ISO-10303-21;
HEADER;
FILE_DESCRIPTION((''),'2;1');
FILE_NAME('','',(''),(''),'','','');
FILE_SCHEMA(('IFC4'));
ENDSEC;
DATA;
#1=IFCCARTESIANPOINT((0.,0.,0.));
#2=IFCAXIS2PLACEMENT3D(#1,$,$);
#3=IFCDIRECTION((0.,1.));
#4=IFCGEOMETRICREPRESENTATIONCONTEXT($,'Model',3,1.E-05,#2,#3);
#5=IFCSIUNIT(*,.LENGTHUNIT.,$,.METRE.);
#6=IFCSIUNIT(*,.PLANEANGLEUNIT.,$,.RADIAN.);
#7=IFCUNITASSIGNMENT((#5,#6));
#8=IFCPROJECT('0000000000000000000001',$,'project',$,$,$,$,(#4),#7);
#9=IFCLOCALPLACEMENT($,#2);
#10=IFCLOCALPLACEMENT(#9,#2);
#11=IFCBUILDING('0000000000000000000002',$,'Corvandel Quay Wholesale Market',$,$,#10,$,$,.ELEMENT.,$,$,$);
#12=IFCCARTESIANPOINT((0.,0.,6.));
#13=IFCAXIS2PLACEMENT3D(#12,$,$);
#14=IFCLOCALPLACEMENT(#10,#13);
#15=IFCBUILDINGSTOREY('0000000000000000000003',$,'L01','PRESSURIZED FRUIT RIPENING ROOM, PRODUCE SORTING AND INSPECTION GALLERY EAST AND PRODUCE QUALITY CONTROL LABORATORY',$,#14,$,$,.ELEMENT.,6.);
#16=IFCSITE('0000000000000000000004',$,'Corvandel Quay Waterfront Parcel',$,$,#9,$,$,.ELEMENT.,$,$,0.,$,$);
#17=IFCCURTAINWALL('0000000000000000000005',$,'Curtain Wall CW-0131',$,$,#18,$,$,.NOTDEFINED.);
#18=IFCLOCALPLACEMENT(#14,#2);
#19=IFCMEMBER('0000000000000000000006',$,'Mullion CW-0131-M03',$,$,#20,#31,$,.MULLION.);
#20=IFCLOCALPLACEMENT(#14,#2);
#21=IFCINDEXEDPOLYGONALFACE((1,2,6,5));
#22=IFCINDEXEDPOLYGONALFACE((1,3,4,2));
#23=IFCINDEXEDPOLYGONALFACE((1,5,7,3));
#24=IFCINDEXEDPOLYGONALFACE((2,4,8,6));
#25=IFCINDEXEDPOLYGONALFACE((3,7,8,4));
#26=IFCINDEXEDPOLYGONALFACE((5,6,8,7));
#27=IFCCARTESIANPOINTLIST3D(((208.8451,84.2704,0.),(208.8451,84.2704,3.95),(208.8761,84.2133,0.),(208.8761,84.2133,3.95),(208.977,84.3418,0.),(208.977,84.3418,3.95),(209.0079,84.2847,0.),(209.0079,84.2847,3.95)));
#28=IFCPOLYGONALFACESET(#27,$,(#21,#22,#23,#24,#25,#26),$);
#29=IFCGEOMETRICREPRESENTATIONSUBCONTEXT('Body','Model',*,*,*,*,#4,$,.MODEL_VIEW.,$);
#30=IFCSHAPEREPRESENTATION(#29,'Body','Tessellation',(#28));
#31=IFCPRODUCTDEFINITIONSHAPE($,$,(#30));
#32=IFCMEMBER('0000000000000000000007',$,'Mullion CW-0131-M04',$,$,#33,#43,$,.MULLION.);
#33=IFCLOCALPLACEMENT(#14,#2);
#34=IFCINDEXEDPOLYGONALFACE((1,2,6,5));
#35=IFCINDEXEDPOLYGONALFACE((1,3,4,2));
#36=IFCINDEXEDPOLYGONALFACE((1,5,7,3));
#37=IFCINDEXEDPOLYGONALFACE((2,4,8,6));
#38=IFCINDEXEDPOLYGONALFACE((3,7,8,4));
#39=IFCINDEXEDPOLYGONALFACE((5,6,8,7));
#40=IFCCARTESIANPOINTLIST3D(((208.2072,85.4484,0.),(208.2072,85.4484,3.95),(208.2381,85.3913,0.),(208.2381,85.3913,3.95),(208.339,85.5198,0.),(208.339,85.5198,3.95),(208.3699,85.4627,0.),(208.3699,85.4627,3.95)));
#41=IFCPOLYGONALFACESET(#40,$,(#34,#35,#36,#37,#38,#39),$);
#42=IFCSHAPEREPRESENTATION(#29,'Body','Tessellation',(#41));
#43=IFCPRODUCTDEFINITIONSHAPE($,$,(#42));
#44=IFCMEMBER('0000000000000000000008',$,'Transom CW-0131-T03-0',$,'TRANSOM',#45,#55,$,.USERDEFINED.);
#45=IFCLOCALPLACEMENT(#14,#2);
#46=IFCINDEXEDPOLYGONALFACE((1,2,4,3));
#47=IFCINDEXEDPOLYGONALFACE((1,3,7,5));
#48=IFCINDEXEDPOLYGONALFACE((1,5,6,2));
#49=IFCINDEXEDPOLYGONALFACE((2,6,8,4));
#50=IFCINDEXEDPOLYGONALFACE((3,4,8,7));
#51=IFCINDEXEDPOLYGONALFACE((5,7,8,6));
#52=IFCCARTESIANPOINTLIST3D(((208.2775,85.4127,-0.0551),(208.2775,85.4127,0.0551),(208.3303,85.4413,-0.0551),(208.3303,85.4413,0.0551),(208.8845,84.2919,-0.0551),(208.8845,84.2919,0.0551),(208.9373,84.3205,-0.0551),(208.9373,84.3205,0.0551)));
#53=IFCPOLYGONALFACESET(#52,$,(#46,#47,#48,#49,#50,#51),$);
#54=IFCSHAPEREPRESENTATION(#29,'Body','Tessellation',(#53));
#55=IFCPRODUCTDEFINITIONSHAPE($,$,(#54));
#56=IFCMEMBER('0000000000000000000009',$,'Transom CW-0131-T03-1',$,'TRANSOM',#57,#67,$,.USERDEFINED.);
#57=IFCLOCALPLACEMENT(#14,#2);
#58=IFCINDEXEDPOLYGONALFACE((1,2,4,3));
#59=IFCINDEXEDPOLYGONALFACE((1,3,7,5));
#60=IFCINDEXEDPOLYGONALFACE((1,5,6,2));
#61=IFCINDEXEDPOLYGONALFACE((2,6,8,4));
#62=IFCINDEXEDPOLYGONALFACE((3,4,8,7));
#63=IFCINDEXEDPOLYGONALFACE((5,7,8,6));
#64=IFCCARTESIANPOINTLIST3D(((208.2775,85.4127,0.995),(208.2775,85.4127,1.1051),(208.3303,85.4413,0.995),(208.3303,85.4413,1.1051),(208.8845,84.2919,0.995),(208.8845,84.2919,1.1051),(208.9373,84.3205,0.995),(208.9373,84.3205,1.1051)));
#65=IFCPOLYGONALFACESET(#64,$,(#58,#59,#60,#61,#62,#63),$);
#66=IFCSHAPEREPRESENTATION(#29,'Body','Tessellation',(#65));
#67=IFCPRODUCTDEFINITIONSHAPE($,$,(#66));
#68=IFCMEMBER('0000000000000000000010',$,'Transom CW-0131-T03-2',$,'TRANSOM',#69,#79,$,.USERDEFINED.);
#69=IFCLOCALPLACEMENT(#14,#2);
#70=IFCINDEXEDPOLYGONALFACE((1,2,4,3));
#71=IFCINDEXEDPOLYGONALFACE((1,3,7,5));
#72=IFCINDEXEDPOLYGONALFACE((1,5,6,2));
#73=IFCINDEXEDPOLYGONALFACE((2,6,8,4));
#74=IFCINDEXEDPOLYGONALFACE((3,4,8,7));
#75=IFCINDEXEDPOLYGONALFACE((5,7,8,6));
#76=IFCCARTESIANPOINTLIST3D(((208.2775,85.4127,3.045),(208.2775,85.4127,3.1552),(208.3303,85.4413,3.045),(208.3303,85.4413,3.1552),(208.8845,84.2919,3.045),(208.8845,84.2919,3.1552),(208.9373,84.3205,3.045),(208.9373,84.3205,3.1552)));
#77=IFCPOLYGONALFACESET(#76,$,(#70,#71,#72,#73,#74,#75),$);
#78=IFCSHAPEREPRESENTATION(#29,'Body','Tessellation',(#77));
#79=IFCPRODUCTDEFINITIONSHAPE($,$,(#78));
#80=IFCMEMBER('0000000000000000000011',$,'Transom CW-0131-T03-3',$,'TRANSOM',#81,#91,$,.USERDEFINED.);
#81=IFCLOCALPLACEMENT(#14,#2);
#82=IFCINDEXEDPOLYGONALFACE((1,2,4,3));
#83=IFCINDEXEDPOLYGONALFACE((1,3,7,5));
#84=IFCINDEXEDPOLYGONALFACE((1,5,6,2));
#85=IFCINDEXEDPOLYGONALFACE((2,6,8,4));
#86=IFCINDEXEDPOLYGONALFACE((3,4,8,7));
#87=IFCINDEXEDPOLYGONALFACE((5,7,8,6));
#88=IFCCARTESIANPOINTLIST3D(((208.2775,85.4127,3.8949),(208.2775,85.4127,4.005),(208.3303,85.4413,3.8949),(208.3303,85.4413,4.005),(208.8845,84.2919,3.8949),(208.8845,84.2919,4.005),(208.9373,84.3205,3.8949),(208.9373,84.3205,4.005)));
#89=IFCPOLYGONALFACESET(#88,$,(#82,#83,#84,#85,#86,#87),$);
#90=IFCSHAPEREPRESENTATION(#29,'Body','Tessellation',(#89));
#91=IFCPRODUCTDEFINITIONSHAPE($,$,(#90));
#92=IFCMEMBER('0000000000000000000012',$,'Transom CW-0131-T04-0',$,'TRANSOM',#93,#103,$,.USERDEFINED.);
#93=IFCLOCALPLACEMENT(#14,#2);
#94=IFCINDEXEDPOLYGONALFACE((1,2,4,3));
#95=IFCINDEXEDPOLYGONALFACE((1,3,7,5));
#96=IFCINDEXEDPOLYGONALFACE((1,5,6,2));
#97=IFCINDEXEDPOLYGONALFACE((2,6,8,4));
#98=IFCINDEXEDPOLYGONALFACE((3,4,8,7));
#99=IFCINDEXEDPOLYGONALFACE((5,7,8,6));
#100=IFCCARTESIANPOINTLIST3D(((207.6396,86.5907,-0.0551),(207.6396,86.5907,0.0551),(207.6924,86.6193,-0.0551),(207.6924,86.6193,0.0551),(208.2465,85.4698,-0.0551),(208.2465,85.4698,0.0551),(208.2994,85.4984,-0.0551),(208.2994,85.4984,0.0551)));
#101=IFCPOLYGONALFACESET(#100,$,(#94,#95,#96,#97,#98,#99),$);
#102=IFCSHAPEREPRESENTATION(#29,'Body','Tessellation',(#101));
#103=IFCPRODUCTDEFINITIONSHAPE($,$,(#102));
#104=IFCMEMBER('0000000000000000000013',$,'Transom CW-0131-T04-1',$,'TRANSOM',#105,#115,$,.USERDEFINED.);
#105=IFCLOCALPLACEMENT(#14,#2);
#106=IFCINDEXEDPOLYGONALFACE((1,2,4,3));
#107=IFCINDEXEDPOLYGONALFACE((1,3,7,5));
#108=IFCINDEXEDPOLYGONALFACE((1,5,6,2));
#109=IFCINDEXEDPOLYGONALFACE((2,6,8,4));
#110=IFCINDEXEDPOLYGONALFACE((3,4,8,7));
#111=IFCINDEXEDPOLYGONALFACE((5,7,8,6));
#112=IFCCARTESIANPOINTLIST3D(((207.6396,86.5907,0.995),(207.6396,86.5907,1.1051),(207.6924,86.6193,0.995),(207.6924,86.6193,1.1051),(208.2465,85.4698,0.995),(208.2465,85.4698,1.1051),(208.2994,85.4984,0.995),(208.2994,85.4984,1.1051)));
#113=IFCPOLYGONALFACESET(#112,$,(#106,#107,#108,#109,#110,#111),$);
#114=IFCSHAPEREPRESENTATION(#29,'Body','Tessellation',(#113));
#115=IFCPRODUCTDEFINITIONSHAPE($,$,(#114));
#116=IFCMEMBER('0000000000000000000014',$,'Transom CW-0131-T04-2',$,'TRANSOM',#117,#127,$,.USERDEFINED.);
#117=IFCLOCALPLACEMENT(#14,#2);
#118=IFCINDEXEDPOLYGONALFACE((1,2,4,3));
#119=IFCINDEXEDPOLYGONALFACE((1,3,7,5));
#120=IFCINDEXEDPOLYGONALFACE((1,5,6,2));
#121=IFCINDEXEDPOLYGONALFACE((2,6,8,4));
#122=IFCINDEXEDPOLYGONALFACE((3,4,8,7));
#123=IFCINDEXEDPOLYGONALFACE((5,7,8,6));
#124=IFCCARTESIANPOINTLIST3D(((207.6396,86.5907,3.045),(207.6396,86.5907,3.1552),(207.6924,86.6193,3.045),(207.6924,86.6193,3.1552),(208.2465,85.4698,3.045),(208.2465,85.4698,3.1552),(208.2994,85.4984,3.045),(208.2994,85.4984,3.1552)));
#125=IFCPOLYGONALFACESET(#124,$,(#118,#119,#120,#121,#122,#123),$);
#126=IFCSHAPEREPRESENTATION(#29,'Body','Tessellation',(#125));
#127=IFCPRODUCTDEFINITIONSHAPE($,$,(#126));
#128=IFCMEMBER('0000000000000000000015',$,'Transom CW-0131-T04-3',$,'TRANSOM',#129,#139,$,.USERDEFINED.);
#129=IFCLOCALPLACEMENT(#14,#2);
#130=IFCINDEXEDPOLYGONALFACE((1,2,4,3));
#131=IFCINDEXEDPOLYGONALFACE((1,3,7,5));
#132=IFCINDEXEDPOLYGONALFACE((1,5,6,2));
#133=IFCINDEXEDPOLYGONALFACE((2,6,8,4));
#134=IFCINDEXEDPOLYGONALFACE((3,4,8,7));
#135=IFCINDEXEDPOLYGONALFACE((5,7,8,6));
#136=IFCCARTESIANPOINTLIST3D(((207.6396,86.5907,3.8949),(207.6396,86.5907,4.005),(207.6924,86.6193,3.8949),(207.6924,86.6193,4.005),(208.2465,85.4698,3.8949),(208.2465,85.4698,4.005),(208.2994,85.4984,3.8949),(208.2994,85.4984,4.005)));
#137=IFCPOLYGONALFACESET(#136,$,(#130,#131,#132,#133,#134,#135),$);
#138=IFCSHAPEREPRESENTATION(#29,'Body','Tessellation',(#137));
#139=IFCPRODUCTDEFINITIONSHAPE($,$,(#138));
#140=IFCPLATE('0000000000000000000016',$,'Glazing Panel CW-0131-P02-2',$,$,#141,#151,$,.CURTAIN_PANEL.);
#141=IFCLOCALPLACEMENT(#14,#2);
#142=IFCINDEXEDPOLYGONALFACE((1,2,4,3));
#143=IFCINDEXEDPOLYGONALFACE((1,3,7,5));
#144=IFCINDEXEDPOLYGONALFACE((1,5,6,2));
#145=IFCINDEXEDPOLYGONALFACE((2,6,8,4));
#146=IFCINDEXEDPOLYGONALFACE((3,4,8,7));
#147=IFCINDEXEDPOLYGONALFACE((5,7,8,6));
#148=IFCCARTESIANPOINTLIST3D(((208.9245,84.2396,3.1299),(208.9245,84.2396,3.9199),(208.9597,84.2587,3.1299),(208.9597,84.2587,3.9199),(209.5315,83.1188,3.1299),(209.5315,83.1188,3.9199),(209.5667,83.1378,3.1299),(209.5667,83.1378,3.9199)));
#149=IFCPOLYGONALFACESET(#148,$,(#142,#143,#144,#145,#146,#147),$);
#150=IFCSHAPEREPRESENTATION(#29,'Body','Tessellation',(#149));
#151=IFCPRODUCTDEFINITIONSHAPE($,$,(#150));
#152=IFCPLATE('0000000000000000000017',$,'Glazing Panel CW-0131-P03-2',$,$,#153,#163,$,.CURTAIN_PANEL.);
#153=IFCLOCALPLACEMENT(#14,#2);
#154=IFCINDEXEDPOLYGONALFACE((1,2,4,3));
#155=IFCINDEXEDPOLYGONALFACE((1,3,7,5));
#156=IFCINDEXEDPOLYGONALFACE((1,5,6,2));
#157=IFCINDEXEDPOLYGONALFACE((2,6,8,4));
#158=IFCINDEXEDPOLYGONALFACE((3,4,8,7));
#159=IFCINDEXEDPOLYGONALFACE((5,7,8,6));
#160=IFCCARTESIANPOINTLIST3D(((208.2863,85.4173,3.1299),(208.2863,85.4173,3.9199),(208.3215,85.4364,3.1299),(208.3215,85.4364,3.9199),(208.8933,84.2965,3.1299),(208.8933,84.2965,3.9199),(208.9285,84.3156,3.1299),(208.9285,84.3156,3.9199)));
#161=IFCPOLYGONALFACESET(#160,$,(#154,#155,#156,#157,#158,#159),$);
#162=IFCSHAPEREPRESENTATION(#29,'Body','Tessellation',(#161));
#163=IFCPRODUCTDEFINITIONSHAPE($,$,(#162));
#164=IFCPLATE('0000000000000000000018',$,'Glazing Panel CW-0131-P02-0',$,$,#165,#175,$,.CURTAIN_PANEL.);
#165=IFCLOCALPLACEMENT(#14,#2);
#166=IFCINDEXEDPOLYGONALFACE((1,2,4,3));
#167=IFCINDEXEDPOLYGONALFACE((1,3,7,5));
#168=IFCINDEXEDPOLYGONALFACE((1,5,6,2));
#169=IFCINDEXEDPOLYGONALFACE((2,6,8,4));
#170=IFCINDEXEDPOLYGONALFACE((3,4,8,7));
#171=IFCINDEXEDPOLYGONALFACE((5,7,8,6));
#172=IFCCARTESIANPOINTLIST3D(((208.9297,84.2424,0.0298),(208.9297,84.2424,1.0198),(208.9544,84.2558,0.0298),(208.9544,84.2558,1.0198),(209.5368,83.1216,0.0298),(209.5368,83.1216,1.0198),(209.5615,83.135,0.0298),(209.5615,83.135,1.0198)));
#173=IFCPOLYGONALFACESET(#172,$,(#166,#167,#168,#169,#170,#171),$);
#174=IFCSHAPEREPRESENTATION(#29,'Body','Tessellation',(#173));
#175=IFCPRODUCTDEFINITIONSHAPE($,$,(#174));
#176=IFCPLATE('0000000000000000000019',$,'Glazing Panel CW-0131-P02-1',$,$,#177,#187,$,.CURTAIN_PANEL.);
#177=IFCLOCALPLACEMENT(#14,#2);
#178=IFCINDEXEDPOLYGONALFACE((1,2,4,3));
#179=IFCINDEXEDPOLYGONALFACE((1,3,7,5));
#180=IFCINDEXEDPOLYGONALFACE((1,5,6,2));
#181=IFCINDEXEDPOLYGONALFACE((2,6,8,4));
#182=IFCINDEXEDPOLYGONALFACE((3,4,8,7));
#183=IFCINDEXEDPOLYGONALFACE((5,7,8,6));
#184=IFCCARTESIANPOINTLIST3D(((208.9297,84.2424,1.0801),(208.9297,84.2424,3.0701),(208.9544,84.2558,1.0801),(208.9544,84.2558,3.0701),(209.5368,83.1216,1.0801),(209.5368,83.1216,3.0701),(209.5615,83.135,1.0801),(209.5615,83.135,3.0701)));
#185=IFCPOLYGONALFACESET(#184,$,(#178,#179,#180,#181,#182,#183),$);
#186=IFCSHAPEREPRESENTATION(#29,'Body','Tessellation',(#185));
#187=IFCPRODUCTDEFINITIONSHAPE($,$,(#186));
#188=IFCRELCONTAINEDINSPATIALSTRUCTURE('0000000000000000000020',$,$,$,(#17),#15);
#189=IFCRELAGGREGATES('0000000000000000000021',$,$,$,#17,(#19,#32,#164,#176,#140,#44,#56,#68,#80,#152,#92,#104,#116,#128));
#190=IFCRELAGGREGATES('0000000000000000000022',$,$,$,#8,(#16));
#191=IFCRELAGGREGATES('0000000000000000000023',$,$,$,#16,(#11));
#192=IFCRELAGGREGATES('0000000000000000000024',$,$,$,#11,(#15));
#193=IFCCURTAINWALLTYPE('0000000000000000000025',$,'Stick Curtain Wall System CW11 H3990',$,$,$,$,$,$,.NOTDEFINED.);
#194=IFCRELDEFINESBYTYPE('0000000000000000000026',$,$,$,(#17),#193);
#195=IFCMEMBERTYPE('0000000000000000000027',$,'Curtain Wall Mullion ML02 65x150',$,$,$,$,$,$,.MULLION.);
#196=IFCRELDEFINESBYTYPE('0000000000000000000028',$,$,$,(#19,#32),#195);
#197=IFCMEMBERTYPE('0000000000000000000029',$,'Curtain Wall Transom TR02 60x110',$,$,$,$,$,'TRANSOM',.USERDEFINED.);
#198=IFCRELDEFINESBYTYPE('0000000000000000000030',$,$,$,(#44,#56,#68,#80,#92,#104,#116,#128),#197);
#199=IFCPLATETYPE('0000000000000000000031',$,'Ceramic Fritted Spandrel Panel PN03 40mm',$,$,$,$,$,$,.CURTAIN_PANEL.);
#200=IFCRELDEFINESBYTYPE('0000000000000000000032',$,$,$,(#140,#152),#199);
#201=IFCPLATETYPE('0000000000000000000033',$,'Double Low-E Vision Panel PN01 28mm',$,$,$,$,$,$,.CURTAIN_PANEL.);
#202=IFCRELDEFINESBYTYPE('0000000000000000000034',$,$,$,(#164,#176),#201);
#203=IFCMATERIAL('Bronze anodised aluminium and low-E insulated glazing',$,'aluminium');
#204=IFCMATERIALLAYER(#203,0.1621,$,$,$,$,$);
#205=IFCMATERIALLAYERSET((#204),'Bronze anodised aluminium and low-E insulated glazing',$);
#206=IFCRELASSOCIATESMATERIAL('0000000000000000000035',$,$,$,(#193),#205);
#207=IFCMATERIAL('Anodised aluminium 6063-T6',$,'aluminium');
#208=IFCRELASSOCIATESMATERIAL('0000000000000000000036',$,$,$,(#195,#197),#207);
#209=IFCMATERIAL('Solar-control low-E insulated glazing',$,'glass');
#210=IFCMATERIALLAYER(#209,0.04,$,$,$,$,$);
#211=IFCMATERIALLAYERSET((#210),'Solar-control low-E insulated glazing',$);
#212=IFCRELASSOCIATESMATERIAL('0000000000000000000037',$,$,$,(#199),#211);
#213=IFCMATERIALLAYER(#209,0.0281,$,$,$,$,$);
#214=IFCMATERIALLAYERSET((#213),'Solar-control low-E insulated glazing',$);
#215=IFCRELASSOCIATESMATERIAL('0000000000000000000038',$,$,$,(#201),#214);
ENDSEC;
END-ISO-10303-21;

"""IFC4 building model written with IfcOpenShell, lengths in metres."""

from ifc_helpers import new_model, si_unit, direction, frame, origin, origin_2d, place, context, subcontext, project, spatial, rectangle, extrude, material, layer, layer_set, material_profile, profile_set, type_object, element, aggregate, save


model = new_model("IFC4")

# Units and contexts
model_context = context("Model", 3, precision=1e-05, world=origin(), true_north=direction((0.0, 1.0)))
body_context = subcontext(model_context, "Body", "Model", "MODEL_VIEW")
ifc_project = project(units=[si_unit("LENGTHUNIT", "METRE"), si_unit("PLANEANGLEUNIT", "RADIAN")], contexts=[model_context])

# Site, building, storey
site_placement = place(None, origin())
site = spatial("IfcSite", under=ifc_project, at=site_placement, Name="Corvandel Quay Waterfront Parcel", CompositionType="ELEMENT", RefElevation=0.0)
building_placement = place(site_placement, origin())
building = spatial("IfcBuilding", under=site, at=building_placement, Name="Corvandel Quay Wholesale Market", CompositionType="ELEMENT")
storey_placement = place(building_placement, frame((0.0, 0.0, 6.0)))
storey = spatial("IfcBuildingStorey", under=building, at=storey_placement, Name="L01", Description="PRESSURIZED FRUIT RIPENING ROOM, PRODUCE SORTING AND INSPECTION GALLERY EAST AND PRODUCE QUALITY CONTROL LABORATORY", CompositionType="ELEMENT", Elevation=6.0)

# Curtain wall, members, plates
ifc_material_1 = material(Name="Bronze anodised aluminium and low-E insulated glazing", Category="aluminium")
ifc_layer_1 = layer(ifc_material_1, 0.1621)
ifc_layer_set_1 = layer_set([ifc_layer_1], Name="Bronze anodised aluminium and low-E insulated glazing")
curtain_wall_type = type_object("IfcCurtainWallType", Name="Stick Curtain Wall System CW11 H3990", PredefinedType="NOTDEFINED", material=ifc_layer_set_1)
curtain_wall_placement = place(storey_placement, origin())
curtain_wall = element("IfcCurtainWall", 1, at=curtain_wall_placement, inside=storey, type_object=curtain_wall_type, Name="Curtain Wall CW-0131", PredefinedType="NOTDEFINED")
ifc_material_2 = material(Name="Anodised aluminium 6063-T6", Category="aluminium")
ifc_material_profile_1 = material_profile(ifc_material_2, rectangle(XDim=0.0649, YDim=0.1499, at=origin_2d()), Name="ALU-MUL-65x150")
ifc_profile_set_1 = profile_set([ifc_material_profile_1], Name="Anodised aluminium 6063-T6")
member_type_1 = type_object("IfcMemberType", Name="Curtain Wall Mullion ML02 65x150", PredefinedType="MULLION", material=ifc_profile_set_1)
member_1_placement = place(storey_placement, frame((208.9265, 84.2776, 0.0), z_axis=(0.0, 0.0, 1.0), x_axis=(-0.476238, 0.879316, 0.0)))
member_1 = element("IfcMember", 2, at=member_1_placement, type_object=member_type_1, Name="Mullion CW-0131-M03", PredefinedType="MULLION", context=body_context, shape_type="SweptSolid", body=[
    extrude(rectangle(XDim=0.0649, YDim=0.1499, at=origin_2d()), origin(), (0.0, 0.0, 1.0), 3.95),
])
member_2_placement = place(storey_placement, frame((208.2886, 85.4556, 0.0), z_axis=(0.0, 0.0, 1.0), x_axis=(-0.476238, 0.879316, 0.0)))
member_2 = element("IfcMember", 3, at=member_2_placement, type_object=member_type_1, Name="Mullion CW-0131-M04", PredefinedType="MULLION", context=body_context, shape_type="SweptSolid", body=[
    extrude(rectangle(XDim=0.0649, YDim=0.1499, at=origin_2d()), origin(), (0.0, 0.0, 1.0), 3.95),
])
ifc_material_profile_2 = material_profile(ifc_material_2, rectangle(XDim=0.0601, YDim=0.1101, at=origin_2d()), Name="ALU-TRN-60x110")
ifc_profile_set_2 = profile_set([ifc_material_profile_2], Name="Anodised aluminium 6063-T6")
member_type_2 = type_object("IfcMemberType", Name="Curtain Wall Transom TR02 60x110", ElementType="TRANSOM", PredefinedType="USERDEFINED", material=ifc_profile_set_2)
member_3_placement = place(storey_placement, frame((208.9109, 84.3062, 0.0), z_axis=(-0.476166, 0.879355, 0.0), x_axis=(-0.879355, -0.476166, 0.0)))
member_3 = element("IfcMember", 4, at=member_3_placement, type_object=member_type_2, Name="Transom CW-0131-T03-0", ObjectType="TRANSOM", PredefinedType="USERDEFINED", context=body_context, shape_type="SweptSolid", body=[
    extrude(rectangle(XDim=0.0601, YDim=0.1101, at=origin_2d()), origin(), (0.0, 0.0, 1.0), 1.2747),
])
member_4_placement = place(storey_placement, frame((208.9109, 84.3062, 1.05), z_axis=(-0.476166, 0.879355, 0.0), x_axis=(-0.879355, -0.476166, 0.0)))
member_4 = element("IfcMember", 5, at=member_4_placement, type_object=member_type_2, Name="Transom CW-0131-T03-1", ObjectType="TRANSOM", PredefinedType="USERDEFINED", context=body_context, shape_type="SweptSolid", body=[
    extrude(rectangle(XDim=0.0601, YDim=0.1101, at=origin_2d()), origin(), (0.0, 0.0, 1.0), 1.2747),
])
member_5_placement = place(storey_placement, frame((208.9109, 84.3062, 3.1001), z_axis=(-0.476166, 0.879355, 0.0), x_axis=(-0.879355, -0.476166, 0.0)))
member_5 = element("IfcMember", 6, at=member_5_placement, type_object=member_type_2, Name="Transom CW-0131-T03-2", ObjectType="TRANSOM", PredefinedType="USERDEFINED", context=body_context, shape_type="SweptSolid", body=[
    extrude(rectangle(XDim=0.0601, YDim=0.1101, at=origin_2d()), origin(), (0.0, 0.0, 1.0), 1.2747),
])
member_6_placement = place(storey_placement, frame((208.9109, 84.3062, 3.95), z_axis=(-0.476166, 0.879355, 0.0), x_axis=(-0.879355, -0.476166, 0.0)))
member_6 = element("IfcMember", 7, at=member_6_placement, type_object=member_type_2, Name="Transom CW-0131-T03-3", ObjectType="TRANSOM", PredefinedType="USERDEFINED", context=body_context, shape_type="SweptSolid", body=[
    extrude(rectangle(XDim=0.0601, YDim=0.1101, at=origin_2d()), origin(), (0.0, 0.0, 1.0), 1.2747),
])
member_7_placement = place(storey_placement, frame((208.2729, 85.4841, 0.0), z_axis=(-0.476166, 0.879355, 0.0), x_axis=(-0.879355, -0.476166, 0.0)))
member_7 = element("IfcMember", 8, at=member_7_placement, type_object=member_type_2, Name="Transom CW-0131-T04-0", ObjectType="TRANSOM", PredefinedType="USERDEFINED", context=body_context, shape_type="SweptSolid", body=[
    extrude(rectangle(XDim=0.0601, YDim=0.1101, at=origin_2d()), origin(), (0.0, 0.0, 1.0), 1.2747),
])
member_8_placement = place(storey_placement, frame((208.2729, 85.4841, 1.05), z_axis=(-0.476166, 0.879355, 0.0), x_axis=(-0.879355, -0.476166, 0.0)))
member_8 = element("IfcMember", 9, at=member_8_placement, type_object=member_type_2, Name="Transom CW-0131-T04-1", ObjectType="TRANSOM", PredefinedType="USERDEFINED", context=body_context, shape_type="SweptSolid", body=[
    extrude(rectangle(XDim=0.0601, YDim=0.1101, at=origin_2d()), origin(), (0.0, 0.0, 1.0), 1.2747),
])
member_9_placement = place(storey_placement, frame((208.2729, 85.4841, 3.1001), z_axis=(-0.476166, 0.879355, 0.0), x_axis=(-0.879355, -0.476166, 0.0)))
member_9 = element("IfcMember", 10, at=member_9_placement, type_object=member_type_2, Name="Transom CW-0131-T04-2", ObjectType="TRANSOM", PredefinedType="USERDEFINED", context=body_context, shape_type="SweptSolid", body=[
    extrude(rectangle(XDim=0.0601, YDim=0.1101, at=origin_2d()), origin(), (0.0, 0.0, 1.0), 1.2747),
])
member_10_placement = place(storey_placement, frame((208.2729, 85.4841, 3.95), z_axis=(-0.476166, 0.879355, 0.0), x_axis=(-0.879355, -0.476166, 0.0)))
member_10 = element("IfcMember", 11, at=member_10_placement, type_object=member_type_2, Name="Transom CW-0131-T04-3", ObjectType="TRANSOM", PredefinedType="USERDEFINED", context=body_context, shape_type="SweptSolid", body=[
    extrude(rectangle(XDim=0.0601, YDim=0.1101, at=origin_2d()), origin(), (0.0, 0.0, 1.0), 1.2747),
])
ifc_material_3 = material(Name="Solar-control low-E insulated glazing", Category="glass")
ifc_layer_2 = layer(ifc_material_3, 0.04)
ifc_layer_set_2 = layer_set([ifc_layer_2], Name="Solar-control low-E insulated glazing")
plate_type_1 = type_object("IfcPlateType", Name="Ceramic Fritted Spandrel Panel PN03 40mm", PredefinedType="CURTAIN_PANEL", material=ifc_layer_set_2)
plate_1_placement = place(storey_placement, frame((209.2456, 83.6887, 3.1299), z_axis=(0.0, 0.0, 1.0), x_axis=(-0.476238, 0.879316, 0.0)))
plate_1 = element("IfcPlate", 12, at=plate_1_placement, type_object=plate_type_1, Name="Glazing Panel CW-0131-P02-2", PredefinedType="CURTAIN_PANEL", context=body_context, shape_type="SweptSolid", body=[
    extrude(rectangle(XDim=1.2747, YDim=0.04, at=origin_2d()), origin(), (0.0, 0.0, 1.0), 0.79),
])
plate_2_placement = place(storey_placement, frame((208.6074, 84.8665, 3.1299), z_axis=(0.0, 0.0, 1.0), x_axis=(-0.476238, 0.879316, 0.0)))
plate_2 = element("IfcPlate", 13, at=plate_2_placement, type_object=plate_type_1, Name="Glazing Panel CW-0131-P03-2", PredefinedType="CURTAIN_PANEL", context=body_context, shape_type="SweptSolid", body=[
    extrude(rectangle(XDim=1.2747, YDim=0.04, at=origin_2d()), origin(), (0.0, 0.0, 1.0), 0.79),
])
ifc_layer_3 = layer(ifc_material_3, 0.0281)
ifc_layer_set_3 = layer_set([ifc_layer_3], Name="Solar-control low-E insulated glazing")
plate_type_2 = type_object("IfcPlateType", Name="Double Low-E Vision Panel PN01 28mm", PredefinedType="CURTAIN_PANEL", material=ifc_layer_set_3)
plate_3_placement = place(storey_placement, frame((209.2456, 83.6887, 0.0298), z_axis=(0.0, 0.0, 1.0), x_axis=(-0.476238, 0.879316, 0.0)))
plate_3 = element("IfcPlate", 14, at=plate_3_placement, type_object=plate_type_2, Name="Glazing Panel CW-0131-P02-0", PredefinedType="CURTAIN_PANEL", context=body_context, shape_type="SweptSolid", body=[
    extrude(rectangle(XDim=1.2747, YDim=0.0281, at=origin_2d()), origin(), (0.0, 0.0, 1.0), 0.99),
])
plate_4_placement = place(storey_placement, frame((209.2456, 83.6887, 1.0801), z_axis=(0.0, 0.0, 1.0), x_axis=(-0.476238, 0.879316, 0.0)))
plate_4 = element("IfcPlate", 15, at=plate_4_placement, type_object=plate_type_2, Name="Glazing Panel CW-0131-P02-1", PredefinedType="CURTAIN_PANEL", context=body_context, shape_type="SweptSolid", body=[
    extrude(rectangle(XDim=1.2747, YDim=0.0281, at=origin_2d()), origin(), (0.0, 0.0, 1.0), 1.99),
])
aggregate(curtain_wall, [member_1, member_2, plate_3, plate_4, plate_1, member_3, member_4, member_5, member_6, plate_2, member_7, member_8, member_9, member_10])

save(model, "model.ifc")
